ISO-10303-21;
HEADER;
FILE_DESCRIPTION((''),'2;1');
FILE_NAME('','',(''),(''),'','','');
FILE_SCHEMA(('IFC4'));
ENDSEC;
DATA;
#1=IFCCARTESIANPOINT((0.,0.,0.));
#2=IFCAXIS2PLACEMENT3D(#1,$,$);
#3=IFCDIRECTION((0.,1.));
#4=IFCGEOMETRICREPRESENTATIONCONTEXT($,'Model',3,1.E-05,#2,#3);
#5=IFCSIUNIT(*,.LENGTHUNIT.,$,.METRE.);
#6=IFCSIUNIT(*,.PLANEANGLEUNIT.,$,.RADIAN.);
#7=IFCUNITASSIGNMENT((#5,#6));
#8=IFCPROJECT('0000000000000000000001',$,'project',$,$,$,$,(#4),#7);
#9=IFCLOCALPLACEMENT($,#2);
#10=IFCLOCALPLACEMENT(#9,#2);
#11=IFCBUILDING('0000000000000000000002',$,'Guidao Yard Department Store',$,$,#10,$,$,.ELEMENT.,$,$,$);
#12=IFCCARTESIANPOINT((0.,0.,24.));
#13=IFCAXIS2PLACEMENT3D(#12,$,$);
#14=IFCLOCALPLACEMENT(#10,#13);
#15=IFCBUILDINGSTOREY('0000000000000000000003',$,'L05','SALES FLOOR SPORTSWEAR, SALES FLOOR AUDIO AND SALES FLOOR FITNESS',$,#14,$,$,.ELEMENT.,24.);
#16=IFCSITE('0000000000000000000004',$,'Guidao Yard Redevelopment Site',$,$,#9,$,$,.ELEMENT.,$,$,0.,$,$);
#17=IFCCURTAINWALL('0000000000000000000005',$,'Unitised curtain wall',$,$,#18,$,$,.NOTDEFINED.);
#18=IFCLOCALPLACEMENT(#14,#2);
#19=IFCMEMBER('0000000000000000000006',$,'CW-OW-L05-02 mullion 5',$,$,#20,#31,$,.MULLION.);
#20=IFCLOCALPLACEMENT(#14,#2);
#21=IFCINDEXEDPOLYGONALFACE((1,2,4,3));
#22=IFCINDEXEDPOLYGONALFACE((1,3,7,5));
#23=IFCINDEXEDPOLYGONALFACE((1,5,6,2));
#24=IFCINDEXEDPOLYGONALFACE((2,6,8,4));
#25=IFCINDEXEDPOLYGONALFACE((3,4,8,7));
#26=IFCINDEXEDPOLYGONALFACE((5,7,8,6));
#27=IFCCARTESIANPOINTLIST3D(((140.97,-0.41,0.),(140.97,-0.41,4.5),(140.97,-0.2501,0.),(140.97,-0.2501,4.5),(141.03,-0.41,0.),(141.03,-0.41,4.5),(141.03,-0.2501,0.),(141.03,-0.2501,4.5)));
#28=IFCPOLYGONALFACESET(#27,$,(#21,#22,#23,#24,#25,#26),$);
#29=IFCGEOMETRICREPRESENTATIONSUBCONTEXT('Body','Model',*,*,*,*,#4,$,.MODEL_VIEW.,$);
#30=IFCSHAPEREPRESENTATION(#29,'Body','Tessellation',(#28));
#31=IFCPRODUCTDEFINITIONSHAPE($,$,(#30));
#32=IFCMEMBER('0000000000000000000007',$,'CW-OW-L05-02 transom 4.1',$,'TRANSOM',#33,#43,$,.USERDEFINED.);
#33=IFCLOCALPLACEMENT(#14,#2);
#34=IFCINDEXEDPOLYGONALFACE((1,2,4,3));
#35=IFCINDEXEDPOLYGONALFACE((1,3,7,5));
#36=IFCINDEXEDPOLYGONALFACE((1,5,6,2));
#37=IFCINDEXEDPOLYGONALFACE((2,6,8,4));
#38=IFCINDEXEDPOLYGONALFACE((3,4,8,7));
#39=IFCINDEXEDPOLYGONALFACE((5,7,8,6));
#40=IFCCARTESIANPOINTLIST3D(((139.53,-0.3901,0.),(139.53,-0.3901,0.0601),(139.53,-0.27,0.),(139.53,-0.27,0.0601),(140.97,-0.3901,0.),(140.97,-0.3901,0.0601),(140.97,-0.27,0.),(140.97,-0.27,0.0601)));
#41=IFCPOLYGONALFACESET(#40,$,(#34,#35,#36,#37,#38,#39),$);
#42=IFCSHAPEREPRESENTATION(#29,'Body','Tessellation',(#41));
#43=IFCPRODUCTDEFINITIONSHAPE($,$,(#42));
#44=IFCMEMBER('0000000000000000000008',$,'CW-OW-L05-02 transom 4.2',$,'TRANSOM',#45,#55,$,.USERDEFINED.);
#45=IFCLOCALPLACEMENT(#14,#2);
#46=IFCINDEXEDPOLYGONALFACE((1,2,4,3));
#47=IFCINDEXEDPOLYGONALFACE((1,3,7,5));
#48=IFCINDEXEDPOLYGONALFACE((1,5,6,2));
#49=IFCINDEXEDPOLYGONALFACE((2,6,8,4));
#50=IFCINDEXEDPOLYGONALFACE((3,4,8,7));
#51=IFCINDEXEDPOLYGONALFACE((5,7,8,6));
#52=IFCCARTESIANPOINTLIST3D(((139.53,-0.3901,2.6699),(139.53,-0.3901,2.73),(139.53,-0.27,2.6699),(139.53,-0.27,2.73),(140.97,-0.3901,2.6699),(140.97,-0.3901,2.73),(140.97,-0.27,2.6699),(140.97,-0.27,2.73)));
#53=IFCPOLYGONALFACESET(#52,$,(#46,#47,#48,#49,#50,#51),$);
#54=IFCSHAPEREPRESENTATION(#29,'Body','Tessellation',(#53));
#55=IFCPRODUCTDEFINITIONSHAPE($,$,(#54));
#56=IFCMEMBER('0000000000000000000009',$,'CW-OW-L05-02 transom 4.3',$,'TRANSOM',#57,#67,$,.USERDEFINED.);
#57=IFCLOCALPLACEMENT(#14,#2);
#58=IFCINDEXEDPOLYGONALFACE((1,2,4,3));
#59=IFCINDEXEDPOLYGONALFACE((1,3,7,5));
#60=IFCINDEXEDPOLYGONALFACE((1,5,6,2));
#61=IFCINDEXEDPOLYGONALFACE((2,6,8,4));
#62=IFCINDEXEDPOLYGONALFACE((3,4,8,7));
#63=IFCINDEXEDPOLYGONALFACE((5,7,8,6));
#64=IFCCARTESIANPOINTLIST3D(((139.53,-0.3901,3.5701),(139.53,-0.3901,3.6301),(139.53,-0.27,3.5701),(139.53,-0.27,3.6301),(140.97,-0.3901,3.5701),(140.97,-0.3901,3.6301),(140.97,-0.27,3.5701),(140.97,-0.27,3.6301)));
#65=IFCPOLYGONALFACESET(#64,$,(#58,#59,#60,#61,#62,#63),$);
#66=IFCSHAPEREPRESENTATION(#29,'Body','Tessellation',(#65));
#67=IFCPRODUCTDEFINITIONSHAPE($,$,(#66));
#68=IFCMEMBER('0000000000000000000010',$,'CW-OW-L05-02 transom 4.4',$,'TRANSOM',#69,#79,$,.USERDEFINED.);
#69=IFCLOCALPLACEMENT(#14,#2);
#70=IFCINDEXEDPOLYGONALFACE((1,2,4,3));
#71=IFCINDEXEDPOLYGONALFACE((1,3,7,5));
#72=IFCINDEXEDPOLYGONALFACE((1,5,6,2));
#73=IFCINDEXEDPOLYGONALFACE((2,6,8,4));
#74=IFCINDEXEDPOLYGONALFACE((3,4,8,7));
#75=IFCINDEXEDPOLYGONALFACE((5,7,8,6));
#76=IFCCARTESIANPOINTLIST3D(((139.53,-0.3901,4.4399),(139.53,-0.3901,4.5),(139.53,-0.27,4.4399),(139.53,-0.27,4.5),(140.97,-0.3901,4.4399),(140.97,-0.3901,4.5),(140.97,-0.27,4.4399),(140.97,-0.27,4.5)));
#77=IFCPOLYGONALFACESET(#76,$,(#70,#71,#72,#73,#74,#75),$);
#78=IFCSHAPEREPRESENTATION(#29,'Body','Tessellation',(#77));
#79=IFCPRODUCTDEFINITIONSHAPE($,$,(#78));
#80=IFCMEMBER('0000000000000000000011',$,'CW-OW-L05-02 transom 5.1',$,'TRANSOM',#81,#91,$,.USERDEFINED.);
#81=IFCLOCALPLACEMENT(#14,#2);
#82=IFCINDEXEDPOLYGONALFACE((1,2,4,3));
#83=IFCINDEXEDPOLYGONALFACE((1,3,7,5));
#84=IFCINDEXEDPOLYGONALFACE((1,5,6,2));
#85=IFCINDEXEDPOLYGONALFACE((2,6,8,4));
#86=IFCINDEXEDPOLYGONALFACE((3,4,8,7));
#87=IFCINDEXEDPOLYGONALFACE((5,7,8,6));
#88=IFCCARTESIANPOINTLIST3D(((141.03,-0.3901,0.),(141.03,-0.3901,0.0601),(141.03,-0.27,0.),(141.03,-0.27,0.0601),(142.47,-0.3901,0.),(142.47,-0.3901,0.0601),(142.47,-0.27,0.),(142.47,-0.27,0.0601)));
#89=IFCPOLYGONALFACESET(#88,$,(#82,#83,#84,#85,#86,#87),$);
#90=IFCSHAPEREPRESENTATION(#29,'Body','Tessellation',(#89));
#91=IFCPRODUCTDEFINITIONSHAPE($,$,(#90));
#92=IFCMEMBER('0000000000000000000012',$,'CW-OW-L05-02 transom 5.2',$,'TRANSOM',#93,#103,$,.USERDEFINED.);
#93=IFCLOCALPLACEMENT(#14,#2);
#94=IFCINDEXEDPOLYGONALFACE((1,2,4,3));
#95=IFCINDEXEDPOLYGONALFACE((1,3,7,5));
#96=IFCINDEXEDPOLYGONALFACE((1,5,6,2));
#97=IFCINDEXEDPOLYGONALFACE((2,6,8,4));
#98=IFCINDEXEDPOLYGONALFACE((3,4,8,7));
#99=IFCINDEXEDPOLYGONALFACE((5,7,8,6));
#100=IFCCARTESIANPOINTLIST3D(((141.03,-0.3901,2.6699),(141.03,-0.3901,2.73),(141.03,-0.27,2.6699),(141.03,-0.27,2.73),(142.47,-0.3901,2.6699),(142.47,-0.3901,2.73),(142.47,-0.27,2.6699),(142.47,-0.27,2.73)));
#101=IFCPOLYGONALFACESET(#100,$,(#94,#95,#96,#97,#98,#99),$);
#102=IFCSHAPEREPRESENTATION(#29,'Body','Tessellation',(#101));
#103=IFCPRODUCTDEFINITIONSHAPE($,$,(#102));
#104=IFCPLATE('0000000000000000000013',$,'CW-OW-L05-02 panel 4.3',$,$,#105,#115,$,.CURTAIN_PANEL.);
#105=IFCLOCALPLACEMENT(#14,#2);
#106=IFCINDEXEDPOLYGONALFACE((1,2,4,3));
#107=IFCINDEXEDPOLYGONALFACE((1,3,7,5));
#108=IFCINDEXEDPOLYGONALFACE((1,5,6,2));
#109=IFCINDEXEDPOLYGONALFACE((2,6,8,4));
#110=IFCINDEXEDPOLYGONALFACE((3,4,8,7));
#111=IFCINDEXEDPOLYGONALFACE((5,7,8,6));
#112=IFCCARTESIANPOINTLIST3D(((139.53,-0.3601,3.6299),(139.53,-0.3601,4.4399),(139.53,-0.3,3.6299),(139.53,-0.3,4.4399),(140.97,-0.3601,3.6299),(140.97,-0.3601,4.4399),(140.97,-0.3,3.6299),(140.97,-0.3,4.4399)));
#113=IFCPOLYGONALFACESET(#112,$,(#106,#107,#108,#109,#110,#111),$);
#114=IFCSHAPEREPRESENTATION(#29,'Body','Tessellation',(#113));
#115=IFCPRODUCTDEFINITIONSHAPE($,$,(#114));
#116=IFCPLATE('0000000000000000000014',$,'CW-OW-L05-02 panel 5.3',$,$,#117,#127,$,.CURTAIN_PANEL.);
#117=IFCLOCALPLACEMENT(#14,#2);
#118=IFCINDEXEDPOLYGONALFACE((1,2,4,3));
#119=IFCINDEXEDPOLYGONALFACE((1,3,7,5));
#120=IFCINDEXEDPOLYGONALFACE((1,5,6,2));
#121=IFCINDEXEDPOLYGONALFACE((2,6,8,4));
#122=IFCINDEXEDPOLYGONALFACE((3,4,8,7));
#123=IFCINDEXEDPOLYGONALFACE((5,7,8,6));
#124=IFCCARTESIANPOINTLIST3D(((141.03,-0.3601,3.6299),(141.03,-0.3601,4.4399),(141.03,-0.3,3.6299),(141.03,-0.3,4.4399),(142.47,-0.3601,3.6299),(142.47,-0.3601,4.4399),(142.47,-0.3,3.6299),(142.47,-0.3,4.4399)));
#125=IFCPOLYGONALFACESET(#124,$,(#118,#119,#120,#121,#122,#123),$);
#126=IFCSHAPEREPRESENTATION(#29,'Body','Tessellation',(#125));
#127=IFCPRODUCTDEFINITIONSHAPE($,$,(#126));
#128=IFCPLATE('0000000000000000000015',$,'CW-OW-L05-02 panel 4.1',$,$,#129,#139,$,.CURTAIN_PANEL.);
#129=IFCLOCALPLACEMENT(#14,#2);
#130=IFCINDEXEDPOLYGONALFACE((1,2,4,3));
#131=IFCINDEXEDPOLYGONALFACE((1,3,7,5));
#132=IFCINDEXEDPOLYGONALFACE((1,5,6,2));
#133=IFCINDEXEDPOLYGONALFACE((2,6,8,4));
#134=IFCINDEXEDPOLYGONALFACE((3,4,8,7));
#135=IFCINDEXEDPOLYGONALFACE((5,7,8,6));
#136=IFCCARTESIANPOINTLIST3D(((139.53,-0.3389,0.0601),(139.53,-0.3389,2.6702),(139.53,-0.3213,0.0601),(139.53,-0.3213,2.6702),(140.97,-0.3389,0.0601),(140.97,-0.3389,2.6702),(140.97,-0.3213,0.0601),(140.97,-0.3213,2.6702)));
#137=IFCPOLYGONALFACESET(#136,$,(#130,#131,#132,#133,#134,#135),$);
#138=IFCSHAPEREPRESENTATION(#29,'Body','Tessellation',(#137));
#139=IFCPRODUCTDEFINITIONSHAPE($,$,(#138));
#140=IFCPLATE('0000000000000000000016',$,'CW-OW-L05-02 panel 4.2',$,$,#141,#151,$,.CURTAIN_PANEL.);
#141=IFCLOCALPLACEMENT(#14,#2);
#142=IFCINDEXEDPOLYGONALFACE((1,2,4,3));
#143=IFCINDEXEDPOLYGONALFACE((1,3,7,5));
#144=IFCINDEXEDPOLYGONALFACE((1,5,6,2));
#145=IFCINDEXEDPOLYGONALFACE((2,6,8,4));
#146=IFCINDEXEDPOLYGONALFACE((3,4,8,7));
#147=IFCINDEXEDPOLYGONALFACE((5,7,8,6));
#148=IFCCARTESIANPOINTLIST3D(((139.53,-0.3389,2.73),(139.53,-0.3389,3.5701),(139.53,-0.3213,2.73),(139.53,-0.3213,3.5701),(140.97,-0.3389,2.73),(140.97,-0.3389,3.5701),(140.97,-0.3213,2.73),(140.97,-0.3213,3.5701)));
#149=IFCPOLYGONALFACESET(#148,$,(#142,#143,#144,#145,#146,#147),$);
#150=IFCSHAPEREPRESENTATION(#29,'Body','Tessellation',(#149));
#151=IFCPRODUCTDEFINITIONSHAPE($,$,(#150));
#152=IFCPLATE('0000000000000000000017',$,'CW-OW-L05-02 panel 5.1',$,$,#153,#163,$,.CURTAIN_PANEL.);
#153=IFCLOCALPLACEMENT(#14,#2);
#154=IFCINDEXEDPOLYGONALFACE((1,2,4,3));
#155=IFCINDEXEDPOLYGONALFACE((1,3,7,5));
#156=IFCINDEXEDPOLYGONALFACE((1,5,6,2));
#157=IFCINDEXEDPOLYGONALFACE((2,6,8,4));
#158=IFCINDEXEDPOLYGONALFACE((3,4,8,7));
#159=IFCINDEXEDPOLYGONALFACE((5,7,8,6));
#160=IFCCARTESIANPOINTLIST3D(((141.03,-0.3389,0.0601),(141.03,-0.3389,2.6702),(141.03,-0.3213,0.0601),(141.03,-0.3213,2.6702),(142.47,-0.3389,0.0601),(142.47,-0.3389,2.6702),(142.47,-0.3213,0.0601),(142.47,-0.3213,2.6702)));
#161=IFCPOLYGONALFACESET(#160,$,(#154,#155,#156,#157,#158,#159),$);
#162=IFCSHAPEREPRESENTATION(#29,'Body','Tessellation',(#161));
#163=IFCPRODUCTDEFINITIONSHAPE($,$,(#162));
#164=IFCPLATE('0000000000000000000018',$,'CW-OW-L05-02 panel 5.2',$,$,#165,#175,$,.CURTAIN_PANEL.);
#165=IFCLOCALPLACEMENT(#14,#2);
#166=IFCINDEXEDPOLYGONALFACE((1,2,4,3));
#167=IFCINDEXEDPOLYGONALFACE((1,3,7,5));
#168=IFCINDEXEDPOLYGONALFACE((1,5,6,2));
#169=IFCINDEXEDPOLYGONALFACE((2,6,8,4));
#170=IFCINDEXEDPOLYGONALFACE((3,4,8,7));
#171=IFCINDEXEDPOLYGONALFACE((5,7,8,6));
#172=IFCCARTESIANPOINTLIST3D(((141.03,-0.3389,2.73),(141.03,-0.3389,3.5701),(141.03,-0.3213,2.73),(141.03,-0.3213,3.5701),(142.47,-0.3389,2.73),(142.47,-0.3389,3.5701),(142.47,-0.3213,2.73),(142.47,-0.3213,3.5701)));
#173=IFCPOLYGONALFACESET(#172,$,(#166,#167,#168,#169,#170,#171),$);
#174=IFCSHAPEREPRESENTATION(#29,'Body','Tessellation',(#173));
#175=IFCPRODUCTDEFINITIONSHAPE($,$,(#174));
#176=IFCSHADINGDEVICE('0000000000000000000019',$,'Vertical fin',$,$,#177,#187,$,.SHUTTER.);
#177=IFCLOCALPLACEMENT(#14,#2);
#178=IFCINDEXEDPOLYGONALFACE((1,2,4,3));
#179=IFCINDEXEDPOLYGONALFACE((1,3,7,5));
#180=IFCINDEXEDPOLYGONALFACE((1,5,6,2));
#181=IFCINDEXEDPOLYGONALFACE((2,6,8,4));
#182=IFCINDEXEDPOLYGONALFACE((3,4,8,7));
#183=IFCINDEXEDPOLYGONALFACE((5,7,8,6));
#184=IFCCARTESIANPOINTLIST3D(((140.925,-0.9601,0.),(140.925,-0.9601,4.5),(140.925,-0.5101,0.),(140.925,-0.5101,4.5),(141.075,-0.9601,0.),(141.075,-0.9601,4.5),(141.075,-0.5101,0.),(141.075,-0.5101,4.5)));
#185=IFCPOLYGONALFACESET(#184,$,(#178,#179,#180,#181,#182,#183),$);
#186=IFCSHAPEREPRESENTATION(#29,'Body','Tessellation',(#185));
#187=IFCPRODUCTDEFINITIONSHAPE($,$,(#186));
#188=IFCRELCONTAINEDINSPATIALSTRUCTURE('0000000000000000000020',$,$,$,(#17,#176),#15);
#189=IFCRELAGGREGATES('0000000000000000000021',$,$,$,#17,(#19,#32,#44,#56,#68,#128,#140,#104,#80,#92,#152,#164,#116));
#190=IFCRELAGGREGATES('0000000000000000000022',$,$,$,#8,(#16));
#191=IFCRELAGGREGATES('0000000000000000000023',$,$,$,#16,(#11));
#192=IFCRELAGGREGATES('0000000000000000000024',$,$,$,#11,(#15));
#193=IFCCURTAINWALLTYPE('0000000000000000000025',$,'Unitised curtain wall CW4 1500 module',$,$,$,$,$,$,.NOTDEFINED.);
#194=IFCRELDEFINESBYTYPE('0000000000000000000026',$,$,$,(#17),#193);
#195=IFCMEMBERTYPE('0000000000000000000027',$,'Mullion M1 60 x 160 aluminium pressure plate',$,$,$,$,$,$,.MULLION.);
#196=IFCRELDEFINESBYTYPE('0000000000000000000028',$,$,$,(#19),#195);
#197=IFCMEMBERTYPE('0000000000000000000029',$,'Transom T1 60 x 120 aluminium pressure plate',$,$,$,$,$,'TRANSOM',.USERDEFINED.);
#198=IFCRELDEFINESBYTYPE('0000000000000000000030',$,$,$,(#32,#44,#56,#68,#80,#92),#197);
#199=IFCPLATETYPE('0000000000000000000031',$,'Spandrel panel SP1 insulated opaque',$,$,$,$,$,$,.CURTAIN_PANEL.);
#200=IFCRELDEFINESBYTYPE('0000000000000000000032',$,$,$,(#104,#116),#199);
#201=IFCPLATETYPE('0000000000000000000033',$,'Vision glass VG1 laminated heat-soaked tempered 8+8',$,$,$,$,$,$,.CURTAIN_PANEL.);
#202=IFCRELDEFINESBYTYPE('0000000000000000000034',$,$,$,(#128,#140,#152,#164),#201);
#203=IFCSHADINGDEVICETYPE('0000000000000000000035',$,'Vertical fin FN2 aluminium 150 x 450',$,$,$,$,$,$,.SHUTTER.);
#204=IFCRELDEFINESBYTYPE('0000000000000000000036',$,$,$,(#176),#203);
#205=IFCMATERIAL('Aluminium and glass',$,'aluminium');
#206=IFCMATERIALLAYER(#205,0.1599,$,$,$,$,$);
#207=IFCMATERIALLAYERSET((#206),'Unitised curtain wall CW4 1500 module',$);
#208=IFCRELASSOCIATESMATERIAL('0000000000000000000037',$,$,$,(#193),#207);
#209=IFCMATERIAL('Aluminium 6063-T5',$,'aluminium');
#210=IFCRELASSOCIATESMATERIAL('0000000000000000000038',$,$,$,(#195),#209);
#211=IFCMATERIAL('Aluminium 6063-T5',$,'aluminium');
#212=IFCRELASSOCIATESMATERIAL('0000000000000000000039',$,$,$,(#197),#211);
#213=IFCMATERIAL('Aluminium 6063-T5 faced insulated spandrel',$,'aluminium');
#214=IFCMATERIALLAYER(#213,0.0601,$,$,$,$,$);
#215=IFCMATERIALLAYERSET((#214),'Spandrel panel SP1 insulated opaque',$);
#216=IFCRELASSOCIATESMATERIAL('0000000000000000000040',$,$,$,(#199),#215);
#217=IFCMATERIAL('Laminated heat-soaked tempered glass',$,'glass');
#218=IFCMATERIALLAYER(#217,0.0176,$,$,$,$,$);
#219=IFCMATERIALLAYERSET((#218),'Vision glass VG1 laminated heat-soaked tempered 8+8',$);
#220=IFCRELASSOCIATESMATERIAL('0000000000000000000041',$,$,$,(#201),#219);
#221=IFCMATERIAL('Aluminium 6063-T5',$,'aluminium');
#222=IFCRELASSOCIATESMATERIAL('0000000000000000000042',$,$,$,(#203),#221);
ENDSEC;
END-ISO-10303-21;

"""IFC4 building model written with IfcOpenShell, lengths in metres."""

from ifc_helpers import new_model, si_unit, direction, frame, origin, origin_2d, place, context, subcontext, project, spatial, rectangle, extrude, material, layer, layer_set, material_profile, profile_set, type_object, element, aggregate, save


model = new_model("IFC4")

# Units and contexts
model_context = context("Model", 3, precision=1e-05, world=origin(), true_north=direction((0.0, 1.0)))
body_context = subcontext(model_context, "Body", "Model", "MODEL_VIEW")
ifc_project = project(units=[si_unit("LENGTHUNIT", "METRE"), si_unit("PLANEANGLEUNIT", "RADIAN")], contexts=[model_context])

# Site, building, storey
site_placement = place(None, origin())
site = spatial("IfcSite", under=ifc_project, at=site_placement, Name="Guidao Yard Redevelopment Site", CompositionType="ELEMENT", RefElevation=0.0)
building_placement = place(site_placement, origin())
building = spatial("IfcBuilding", under=site, at=building_placement, Name="Guidao Yard Department Store", CompositionType="ELEMENT")
storey_placement = place(building_placement, frame((0.0, 0.0, 24.0)))
storey = spatial("IfcBuildingStorey", under=building, at=storey_placement, Name="L05", Description="SALES FLOOR SPORTSWEAR, SALES FLOOR AUDIO AND SALES FLOOR FITNESS", CompositionType="ELEMENT", Elevation=24.0)

# Curtain wall, members, plates
ifc_material_1 = material(Name="Aluminium and glass", Category="aluminium")
ifc_layer_1 = layer(ifc_material_1, 0.1599)
ifc_layer_set_1 = layer_set([ifc_layer_1], Name="Unitised curtain wall CW4 1500 module")
curtain_wall_type = type_object("IfcCurtainWallType", Name="Unitised curtain wall CW4 1500 module", PredefinedType="NOTDEFINED", material=ifc_layer_set_1)
curtain_wall_placement = place(storey_placement, origin())
curtain_wall = element("IfcCurtainWall", 1, at=curtain_wall_placement, inside=storey, type_object=curtain_wall_type, Name="Unitised curtain wall", PredefinedType="NOTDEFINED")
ifc_material_2 = material(Name="Aluminium 6063-T5", Category="aluminium")
ifc_material_profile_1 = material_profile(ifc_material_2, rectangle(XDim=0.0601, YDim=0.1599, at=origin_2d()), Name="Mullion M1 60 x 160 aluminium pressure plate")
ifc_profile_set_1 = profile_set([ifc_material_profile_1], Name="Aluminium 6063-T5")
member_type_1 = type_object("IfcMemberType", Name="Mullion M1 60 x 160 aluminium pressure plate", PredefinedType="MULLION", material=ifc_profile_set_1)
member_1_placement = place(storey_placement, frame((141.0, -0.3301, 0.0), z_axis=(0.0, 0.0, 1.0), x_axis=(-1.0, 0.0, 0.0)))
member_1 = element("IfcMember", 2, at=member_1_placement, type_object=member_type_1, Name="CW-OW-L05-02 mullion 5", PredefinedType="MULLION", context=body_context, shape_type="SweptSolid", body=[
    extrude(rectangle(XDim=0.0601, YDim=0.1599, at=origin_2d()), origin(), (0.0, 0.0, 1.0), 4.5),
])
ifc_material_3 = material(Name="Aluminium 6063-T5", Category="aluminium")
ifc_material_profile_2 = material_profile(ifc_material_3, rectangle(XDim=0.1201, YDim=0.0601, at=origin_2d()), Name="Transom T1 60 x 120 aluminium pressure plate")
ifc_profile_set_2 = profile_set([ifc_material_profile_2], Name="Aluminium 6063-T5")
member_type_2 = type_object("IfcMemberType", Name="Transom T1 60 x 120 aluminium pressure plate", ElementType="TRANSOM", PredefinedType="USERDEFINED", material=ifc_profile_set_2)
member_2_placement = place(storey_placement, frame((140.97, -0.3301, 0.03), z_axis=(-1.0, 0.0, 0.0), x_axis=(0.0, -1.0, 0.0)))
member_2 = element("IfcMember", 3, at=member_2_placement, type_object=member_type_2, Name="CW-OW-L05-02 transom 4.1", ObjectType="TRANSOM", PredefinedType="USERDEFINED", context=body_context, shape_type="SweptSolid", body=[
    extrude(rectangle(XDim=0.1201, YDim=0.0601, at=origin_2d()), origin(), (0.0, 0.0, 1.0), 1.4399),
])
member_3_placement = place(storey_placement, frame((140.97, -0.3301, 2.7), z_axis=(-1.0, 0.0, 0.0), x_axis=(0.0, -1.0, 0.0)))
member_3 = element("IfcMember", 4, at=member_3_placement, type_object=member_type_2, Name="CW-OW-L05-02 transom 4.2", ObjectType="TRANSOM", PredefinedType="USERDEFINED", context=body_context, shape_type="SweptSolid", body=[
    extrude(rectangle(XDim=0.1201, YDim=0.0601, at=origin_2d()), origin(), (0.0, 0.0, 1.0), 1.4399),
])
member_4_placement = place(storey_placement, frame((140.97, -0.3301, 3.6001), z_axis=(-1.0, 0.0, 0.0), x_axis=(0.0, -1.0, 0.0)))
member_4 = element("IfcMember", 5, at=member_4_placement, type_object=member_type_2, Name="CW-OW-L05-02 transom 4.3", ObjectType="TRANSOM", PredefinedType="USERDEFINED", context=body_context, shape_type="SweptSolid", body=[
    extrude(rectangle(XDim=0.1201, YDim=0.0601, at=origin_2d()), origin(), (0.0, 0.0, 1.0), 1.4399),
])
member_5_placement = place(storey_placement, frame((140.97, -0.3301, 4.47), z_axis=(-1.0, 0.0, 0.0), x_axis=(0.0, -1.0, 0.0)))
member_5 = element("IfcMember", 6, at=member_5_placement, type_object=member_type_2, Name="CW-OW-L05-02 transom 4.4", ObjectType="TRANSOM", PredefinedType="USERDEFINED", context=body_context, shape_type="SweptSolid", body=[
    extrude(rectangle(XDim=0.1201, YDim=0.0601, at=origin_2d()), origin(), (0.0, 0.0, 1.0), 1.4399),
])
member_6_placement = place(storey_placement, frame((142.47, -0.3301, 0.03), z_axis=(-1.0, 0.0, 0.0), x_axis=(0.0, -1.0, 0.0)))
member_6 = element("IfcMember", 7, at=member_6_placement, type_object=member_type_2, Name="CW-OW-L05-02 transom 5.1", ObjectType="TRANSOM", PredefinedType="USERDEFINED", context=body_context, shape_type="SweptSolid", body=[
    extrude(rectangle(XDim=0.1201, YDim=0.0601, at=origin_2d()), origin(), (0.0, 0.0, 1.0), 1.4399),
])
member_7_placement = place(storey_placement, frame((142.47, -0.3301, 2.7), z_axis=(-1.0, 0.0, 0.0), x_axis=(0.0, -1.0, 0.0)))
member_7 = element("IfcMember", 8, at=member_7_placement, type_object=member_type_2, Name="CW-OW-L05-02 transom 5.2", ObjectType="TRANSOM", PredefinedType="USERDEFINED", context=body_context, shape_type="SweptSolid", body=[
    extrude(rectangle(XDim=0.1201, YDim=0.0601, at=origin_2d()), origin(), (0.0, 0.0, 1.0), 1.4399),
])
ifc_material_4 = material(Name="Aluminium 6063-T5 faced insulated spandrel", Category="aluminium")
ifc_layer_2 = layer(ifc_material_4, 0.0601)
ifc_layer_set_2 = layer_set([ifc_layer_2], Name="Spandrel panel SP1 insulated opaque")
plate_type_1 = type_object("IfcPlateType", Name="Spandrel panel SP1 insulated opaque", PredefinedType="CURTAIN_PANEL", material=ifc_layer_set_2)
plate_1_placement = place(storey_placement, frame((140.25, -0.3301, 3.6299), z_axis=(0.0, 0.0, 1.0), x_axis=(-1.0, 0.0, 0.0)))
plate_1 = element("IfcPlate", 9, at=plate_1_placement, type_object=plate_type_1, Name="CW-OW-L05-02 panel 4.3", PredefinedType="CURTAIN_PANEL", context=body_context, shape_type="SweptSolid", body=[
    extrude(rectangle(XDim=1.4399, YDim=0.0601, at=origin_2d()), origin(), (0.0, 0.0, 1.0), 0.8101),
])
plate_2_placement = place(storey_placement, frame((141.75, -0.3301, 3.6299), z_axis=(0.0, 0.0, 1.0), x_axis=(-1.0, 0.0, 0.0)))
plate_2 = element("IfcPlate", 10, at=plate_2_placement, type_object=plate_type_1, Name="CW-OW-L05-02 panel 5.3", PredefinedType="CURTAIN_PANEL", context=body_context, shape_type="SweptSolid", body=[
    extrude(rectangle(XDim=1.4399, YDim=0.0601, at=origin_2d()), origin(), (0.0, 0.0, 1.0), 0.8101),
])
ifc_material_5 = material(Name="Laminated heat-soaked tempered glass", Category="glass")
ifc_layer_3 = layer(ifc_material_5, 0.0176)
ifc_layer_set_3 = layer_set([ifc_layer_3], Name="Vision glass VG1 laminated heat-soaked tempered 8+8")
plate_type_2 = type_object("IfcPlateType", Name="Vision glass VG1 laminated heat-soaked tempered 8+8", PredefinedType="CURTAIN_PANEL", material=ifc_layer_set_3)
plate_3_placement = place(storey_placement, frame((140.25, -0.3301, 0.0601), z_axis=(0.0, 0.0, 1.0), x_axis=(-1.0, 0.0, 0.0)))
plate_3 = element("IfcPlate", 11, at=plate_3_placement, type_object=plate_type_2, Name="CW-OW-L05-02 panel 4.1", PredefinedType="CURTAIN_PANEL", context=body_context, shape_type="SweptSolid", body=[
    extrude(rectangle(XDim=1.4399, YDim=0.0176, at=origin_2d()), origin(), (0.0, 0.0, 1.0), 2.6101),
])
plate_4_placement = place(storey_placement, frame((140.25, -0.3301, 2.73), z_axis=(0.0, 0.0, 1.0), x_axis=(-1.0, 0.0, 0.0)))
plate_4 = element("IfcPlate", 12, at=plate_4_placement, type_object=plate_type_2, Name="CW-OW-L05-02 panel 4.2", PredefinedType="CURTAIN_PANEL", context=body_context, shape_type="SweptSolid", body=[
    extrude(rectangle(XDim=1.4399, YDim=0.0176, at=origin_2d()), origin(), (0.0, 0.0, 1.0), 0.8401),
])
plate_5_placement = place(storey_placement, frame((141.75, -0.3301, 0.0601), z_axis=(0.0, 0.0, 1.0), x_axis=(-1.0, 0.0, 0.0)))
plate_5 = element("IfcPlate", 13, at=plate_5_placement, type_object=plate_type_2, Name="CW-OW-L05-02 panel 5.1", PredefinedType="CURTAIN_PANEL", context=body_context, shape_type="SweptSolid", body=[
    extrude(rectangle(XDim=1.4399, YDim=0.0176, at=origin_2d()), origin(), (0.0, 0.0, 1.0), 2.6101),
])
plate_6_placement = place(storey_placement, frame((141.75, -0.3301, 2.73), z_axis=(0.0, 0.0, 1.0), x_axis=(-1.0, 0.0, 0.0)))
plate_6 = element("IfcPlate", 14, at=plate_6_placement, type_object=plate_type_2, Name="CW-OW-L05-02 panel 5.2", PredefinedType="CURTAIN_PANEL", context=body_context, shape_type="SweptSolid", body=[
    extrude(rectangle(XDim=1.4399, YDim=0.0176, at=origin_2d()), origin(), (0.0, 0.0, 1.0), 0.8401),
])
aggregate(curtain_wall, [member_1, member_2, member_3, member_4, member_5, plate_3, plate_4, plate_1, member_6, member_7, plate_5, plate_6, plate_2])

# Shading device
ifc_material_6 = material(Name="Aluminium 6063-T5", Category="aluminium")
shading_device_type = type_object("IfcShadingDeviceType", Name="Vertical fin FN2 aluminium 150 x 450", PredefinedType="SHUTTER", material=ifc_material_6)
for number, where, z_axis, x_axis, name in (
    (15, (141.0, -0.7351, 0.0), (0.0, 0.0, 1.0), (-1.0, 0.0, 0.0), "Vertical fin"),
):
    element("IfcShadingDevice", number, at=place(storey_placement, frame(where, z_axis=z_axis, x_axis=x_axis)), inside=storey, type_object=shading_device_type, Name=name, PredefinedType="SHUTTER", context=body_context, shape_type="SweptSolid", body=[
        extrude(rectangle(XDim=0.1499, YDim=0.45, at=origin_2d()), origin(), (0.0, 0.0, 1.0), 4.5),
    ])

save(model, "model.ifc")
